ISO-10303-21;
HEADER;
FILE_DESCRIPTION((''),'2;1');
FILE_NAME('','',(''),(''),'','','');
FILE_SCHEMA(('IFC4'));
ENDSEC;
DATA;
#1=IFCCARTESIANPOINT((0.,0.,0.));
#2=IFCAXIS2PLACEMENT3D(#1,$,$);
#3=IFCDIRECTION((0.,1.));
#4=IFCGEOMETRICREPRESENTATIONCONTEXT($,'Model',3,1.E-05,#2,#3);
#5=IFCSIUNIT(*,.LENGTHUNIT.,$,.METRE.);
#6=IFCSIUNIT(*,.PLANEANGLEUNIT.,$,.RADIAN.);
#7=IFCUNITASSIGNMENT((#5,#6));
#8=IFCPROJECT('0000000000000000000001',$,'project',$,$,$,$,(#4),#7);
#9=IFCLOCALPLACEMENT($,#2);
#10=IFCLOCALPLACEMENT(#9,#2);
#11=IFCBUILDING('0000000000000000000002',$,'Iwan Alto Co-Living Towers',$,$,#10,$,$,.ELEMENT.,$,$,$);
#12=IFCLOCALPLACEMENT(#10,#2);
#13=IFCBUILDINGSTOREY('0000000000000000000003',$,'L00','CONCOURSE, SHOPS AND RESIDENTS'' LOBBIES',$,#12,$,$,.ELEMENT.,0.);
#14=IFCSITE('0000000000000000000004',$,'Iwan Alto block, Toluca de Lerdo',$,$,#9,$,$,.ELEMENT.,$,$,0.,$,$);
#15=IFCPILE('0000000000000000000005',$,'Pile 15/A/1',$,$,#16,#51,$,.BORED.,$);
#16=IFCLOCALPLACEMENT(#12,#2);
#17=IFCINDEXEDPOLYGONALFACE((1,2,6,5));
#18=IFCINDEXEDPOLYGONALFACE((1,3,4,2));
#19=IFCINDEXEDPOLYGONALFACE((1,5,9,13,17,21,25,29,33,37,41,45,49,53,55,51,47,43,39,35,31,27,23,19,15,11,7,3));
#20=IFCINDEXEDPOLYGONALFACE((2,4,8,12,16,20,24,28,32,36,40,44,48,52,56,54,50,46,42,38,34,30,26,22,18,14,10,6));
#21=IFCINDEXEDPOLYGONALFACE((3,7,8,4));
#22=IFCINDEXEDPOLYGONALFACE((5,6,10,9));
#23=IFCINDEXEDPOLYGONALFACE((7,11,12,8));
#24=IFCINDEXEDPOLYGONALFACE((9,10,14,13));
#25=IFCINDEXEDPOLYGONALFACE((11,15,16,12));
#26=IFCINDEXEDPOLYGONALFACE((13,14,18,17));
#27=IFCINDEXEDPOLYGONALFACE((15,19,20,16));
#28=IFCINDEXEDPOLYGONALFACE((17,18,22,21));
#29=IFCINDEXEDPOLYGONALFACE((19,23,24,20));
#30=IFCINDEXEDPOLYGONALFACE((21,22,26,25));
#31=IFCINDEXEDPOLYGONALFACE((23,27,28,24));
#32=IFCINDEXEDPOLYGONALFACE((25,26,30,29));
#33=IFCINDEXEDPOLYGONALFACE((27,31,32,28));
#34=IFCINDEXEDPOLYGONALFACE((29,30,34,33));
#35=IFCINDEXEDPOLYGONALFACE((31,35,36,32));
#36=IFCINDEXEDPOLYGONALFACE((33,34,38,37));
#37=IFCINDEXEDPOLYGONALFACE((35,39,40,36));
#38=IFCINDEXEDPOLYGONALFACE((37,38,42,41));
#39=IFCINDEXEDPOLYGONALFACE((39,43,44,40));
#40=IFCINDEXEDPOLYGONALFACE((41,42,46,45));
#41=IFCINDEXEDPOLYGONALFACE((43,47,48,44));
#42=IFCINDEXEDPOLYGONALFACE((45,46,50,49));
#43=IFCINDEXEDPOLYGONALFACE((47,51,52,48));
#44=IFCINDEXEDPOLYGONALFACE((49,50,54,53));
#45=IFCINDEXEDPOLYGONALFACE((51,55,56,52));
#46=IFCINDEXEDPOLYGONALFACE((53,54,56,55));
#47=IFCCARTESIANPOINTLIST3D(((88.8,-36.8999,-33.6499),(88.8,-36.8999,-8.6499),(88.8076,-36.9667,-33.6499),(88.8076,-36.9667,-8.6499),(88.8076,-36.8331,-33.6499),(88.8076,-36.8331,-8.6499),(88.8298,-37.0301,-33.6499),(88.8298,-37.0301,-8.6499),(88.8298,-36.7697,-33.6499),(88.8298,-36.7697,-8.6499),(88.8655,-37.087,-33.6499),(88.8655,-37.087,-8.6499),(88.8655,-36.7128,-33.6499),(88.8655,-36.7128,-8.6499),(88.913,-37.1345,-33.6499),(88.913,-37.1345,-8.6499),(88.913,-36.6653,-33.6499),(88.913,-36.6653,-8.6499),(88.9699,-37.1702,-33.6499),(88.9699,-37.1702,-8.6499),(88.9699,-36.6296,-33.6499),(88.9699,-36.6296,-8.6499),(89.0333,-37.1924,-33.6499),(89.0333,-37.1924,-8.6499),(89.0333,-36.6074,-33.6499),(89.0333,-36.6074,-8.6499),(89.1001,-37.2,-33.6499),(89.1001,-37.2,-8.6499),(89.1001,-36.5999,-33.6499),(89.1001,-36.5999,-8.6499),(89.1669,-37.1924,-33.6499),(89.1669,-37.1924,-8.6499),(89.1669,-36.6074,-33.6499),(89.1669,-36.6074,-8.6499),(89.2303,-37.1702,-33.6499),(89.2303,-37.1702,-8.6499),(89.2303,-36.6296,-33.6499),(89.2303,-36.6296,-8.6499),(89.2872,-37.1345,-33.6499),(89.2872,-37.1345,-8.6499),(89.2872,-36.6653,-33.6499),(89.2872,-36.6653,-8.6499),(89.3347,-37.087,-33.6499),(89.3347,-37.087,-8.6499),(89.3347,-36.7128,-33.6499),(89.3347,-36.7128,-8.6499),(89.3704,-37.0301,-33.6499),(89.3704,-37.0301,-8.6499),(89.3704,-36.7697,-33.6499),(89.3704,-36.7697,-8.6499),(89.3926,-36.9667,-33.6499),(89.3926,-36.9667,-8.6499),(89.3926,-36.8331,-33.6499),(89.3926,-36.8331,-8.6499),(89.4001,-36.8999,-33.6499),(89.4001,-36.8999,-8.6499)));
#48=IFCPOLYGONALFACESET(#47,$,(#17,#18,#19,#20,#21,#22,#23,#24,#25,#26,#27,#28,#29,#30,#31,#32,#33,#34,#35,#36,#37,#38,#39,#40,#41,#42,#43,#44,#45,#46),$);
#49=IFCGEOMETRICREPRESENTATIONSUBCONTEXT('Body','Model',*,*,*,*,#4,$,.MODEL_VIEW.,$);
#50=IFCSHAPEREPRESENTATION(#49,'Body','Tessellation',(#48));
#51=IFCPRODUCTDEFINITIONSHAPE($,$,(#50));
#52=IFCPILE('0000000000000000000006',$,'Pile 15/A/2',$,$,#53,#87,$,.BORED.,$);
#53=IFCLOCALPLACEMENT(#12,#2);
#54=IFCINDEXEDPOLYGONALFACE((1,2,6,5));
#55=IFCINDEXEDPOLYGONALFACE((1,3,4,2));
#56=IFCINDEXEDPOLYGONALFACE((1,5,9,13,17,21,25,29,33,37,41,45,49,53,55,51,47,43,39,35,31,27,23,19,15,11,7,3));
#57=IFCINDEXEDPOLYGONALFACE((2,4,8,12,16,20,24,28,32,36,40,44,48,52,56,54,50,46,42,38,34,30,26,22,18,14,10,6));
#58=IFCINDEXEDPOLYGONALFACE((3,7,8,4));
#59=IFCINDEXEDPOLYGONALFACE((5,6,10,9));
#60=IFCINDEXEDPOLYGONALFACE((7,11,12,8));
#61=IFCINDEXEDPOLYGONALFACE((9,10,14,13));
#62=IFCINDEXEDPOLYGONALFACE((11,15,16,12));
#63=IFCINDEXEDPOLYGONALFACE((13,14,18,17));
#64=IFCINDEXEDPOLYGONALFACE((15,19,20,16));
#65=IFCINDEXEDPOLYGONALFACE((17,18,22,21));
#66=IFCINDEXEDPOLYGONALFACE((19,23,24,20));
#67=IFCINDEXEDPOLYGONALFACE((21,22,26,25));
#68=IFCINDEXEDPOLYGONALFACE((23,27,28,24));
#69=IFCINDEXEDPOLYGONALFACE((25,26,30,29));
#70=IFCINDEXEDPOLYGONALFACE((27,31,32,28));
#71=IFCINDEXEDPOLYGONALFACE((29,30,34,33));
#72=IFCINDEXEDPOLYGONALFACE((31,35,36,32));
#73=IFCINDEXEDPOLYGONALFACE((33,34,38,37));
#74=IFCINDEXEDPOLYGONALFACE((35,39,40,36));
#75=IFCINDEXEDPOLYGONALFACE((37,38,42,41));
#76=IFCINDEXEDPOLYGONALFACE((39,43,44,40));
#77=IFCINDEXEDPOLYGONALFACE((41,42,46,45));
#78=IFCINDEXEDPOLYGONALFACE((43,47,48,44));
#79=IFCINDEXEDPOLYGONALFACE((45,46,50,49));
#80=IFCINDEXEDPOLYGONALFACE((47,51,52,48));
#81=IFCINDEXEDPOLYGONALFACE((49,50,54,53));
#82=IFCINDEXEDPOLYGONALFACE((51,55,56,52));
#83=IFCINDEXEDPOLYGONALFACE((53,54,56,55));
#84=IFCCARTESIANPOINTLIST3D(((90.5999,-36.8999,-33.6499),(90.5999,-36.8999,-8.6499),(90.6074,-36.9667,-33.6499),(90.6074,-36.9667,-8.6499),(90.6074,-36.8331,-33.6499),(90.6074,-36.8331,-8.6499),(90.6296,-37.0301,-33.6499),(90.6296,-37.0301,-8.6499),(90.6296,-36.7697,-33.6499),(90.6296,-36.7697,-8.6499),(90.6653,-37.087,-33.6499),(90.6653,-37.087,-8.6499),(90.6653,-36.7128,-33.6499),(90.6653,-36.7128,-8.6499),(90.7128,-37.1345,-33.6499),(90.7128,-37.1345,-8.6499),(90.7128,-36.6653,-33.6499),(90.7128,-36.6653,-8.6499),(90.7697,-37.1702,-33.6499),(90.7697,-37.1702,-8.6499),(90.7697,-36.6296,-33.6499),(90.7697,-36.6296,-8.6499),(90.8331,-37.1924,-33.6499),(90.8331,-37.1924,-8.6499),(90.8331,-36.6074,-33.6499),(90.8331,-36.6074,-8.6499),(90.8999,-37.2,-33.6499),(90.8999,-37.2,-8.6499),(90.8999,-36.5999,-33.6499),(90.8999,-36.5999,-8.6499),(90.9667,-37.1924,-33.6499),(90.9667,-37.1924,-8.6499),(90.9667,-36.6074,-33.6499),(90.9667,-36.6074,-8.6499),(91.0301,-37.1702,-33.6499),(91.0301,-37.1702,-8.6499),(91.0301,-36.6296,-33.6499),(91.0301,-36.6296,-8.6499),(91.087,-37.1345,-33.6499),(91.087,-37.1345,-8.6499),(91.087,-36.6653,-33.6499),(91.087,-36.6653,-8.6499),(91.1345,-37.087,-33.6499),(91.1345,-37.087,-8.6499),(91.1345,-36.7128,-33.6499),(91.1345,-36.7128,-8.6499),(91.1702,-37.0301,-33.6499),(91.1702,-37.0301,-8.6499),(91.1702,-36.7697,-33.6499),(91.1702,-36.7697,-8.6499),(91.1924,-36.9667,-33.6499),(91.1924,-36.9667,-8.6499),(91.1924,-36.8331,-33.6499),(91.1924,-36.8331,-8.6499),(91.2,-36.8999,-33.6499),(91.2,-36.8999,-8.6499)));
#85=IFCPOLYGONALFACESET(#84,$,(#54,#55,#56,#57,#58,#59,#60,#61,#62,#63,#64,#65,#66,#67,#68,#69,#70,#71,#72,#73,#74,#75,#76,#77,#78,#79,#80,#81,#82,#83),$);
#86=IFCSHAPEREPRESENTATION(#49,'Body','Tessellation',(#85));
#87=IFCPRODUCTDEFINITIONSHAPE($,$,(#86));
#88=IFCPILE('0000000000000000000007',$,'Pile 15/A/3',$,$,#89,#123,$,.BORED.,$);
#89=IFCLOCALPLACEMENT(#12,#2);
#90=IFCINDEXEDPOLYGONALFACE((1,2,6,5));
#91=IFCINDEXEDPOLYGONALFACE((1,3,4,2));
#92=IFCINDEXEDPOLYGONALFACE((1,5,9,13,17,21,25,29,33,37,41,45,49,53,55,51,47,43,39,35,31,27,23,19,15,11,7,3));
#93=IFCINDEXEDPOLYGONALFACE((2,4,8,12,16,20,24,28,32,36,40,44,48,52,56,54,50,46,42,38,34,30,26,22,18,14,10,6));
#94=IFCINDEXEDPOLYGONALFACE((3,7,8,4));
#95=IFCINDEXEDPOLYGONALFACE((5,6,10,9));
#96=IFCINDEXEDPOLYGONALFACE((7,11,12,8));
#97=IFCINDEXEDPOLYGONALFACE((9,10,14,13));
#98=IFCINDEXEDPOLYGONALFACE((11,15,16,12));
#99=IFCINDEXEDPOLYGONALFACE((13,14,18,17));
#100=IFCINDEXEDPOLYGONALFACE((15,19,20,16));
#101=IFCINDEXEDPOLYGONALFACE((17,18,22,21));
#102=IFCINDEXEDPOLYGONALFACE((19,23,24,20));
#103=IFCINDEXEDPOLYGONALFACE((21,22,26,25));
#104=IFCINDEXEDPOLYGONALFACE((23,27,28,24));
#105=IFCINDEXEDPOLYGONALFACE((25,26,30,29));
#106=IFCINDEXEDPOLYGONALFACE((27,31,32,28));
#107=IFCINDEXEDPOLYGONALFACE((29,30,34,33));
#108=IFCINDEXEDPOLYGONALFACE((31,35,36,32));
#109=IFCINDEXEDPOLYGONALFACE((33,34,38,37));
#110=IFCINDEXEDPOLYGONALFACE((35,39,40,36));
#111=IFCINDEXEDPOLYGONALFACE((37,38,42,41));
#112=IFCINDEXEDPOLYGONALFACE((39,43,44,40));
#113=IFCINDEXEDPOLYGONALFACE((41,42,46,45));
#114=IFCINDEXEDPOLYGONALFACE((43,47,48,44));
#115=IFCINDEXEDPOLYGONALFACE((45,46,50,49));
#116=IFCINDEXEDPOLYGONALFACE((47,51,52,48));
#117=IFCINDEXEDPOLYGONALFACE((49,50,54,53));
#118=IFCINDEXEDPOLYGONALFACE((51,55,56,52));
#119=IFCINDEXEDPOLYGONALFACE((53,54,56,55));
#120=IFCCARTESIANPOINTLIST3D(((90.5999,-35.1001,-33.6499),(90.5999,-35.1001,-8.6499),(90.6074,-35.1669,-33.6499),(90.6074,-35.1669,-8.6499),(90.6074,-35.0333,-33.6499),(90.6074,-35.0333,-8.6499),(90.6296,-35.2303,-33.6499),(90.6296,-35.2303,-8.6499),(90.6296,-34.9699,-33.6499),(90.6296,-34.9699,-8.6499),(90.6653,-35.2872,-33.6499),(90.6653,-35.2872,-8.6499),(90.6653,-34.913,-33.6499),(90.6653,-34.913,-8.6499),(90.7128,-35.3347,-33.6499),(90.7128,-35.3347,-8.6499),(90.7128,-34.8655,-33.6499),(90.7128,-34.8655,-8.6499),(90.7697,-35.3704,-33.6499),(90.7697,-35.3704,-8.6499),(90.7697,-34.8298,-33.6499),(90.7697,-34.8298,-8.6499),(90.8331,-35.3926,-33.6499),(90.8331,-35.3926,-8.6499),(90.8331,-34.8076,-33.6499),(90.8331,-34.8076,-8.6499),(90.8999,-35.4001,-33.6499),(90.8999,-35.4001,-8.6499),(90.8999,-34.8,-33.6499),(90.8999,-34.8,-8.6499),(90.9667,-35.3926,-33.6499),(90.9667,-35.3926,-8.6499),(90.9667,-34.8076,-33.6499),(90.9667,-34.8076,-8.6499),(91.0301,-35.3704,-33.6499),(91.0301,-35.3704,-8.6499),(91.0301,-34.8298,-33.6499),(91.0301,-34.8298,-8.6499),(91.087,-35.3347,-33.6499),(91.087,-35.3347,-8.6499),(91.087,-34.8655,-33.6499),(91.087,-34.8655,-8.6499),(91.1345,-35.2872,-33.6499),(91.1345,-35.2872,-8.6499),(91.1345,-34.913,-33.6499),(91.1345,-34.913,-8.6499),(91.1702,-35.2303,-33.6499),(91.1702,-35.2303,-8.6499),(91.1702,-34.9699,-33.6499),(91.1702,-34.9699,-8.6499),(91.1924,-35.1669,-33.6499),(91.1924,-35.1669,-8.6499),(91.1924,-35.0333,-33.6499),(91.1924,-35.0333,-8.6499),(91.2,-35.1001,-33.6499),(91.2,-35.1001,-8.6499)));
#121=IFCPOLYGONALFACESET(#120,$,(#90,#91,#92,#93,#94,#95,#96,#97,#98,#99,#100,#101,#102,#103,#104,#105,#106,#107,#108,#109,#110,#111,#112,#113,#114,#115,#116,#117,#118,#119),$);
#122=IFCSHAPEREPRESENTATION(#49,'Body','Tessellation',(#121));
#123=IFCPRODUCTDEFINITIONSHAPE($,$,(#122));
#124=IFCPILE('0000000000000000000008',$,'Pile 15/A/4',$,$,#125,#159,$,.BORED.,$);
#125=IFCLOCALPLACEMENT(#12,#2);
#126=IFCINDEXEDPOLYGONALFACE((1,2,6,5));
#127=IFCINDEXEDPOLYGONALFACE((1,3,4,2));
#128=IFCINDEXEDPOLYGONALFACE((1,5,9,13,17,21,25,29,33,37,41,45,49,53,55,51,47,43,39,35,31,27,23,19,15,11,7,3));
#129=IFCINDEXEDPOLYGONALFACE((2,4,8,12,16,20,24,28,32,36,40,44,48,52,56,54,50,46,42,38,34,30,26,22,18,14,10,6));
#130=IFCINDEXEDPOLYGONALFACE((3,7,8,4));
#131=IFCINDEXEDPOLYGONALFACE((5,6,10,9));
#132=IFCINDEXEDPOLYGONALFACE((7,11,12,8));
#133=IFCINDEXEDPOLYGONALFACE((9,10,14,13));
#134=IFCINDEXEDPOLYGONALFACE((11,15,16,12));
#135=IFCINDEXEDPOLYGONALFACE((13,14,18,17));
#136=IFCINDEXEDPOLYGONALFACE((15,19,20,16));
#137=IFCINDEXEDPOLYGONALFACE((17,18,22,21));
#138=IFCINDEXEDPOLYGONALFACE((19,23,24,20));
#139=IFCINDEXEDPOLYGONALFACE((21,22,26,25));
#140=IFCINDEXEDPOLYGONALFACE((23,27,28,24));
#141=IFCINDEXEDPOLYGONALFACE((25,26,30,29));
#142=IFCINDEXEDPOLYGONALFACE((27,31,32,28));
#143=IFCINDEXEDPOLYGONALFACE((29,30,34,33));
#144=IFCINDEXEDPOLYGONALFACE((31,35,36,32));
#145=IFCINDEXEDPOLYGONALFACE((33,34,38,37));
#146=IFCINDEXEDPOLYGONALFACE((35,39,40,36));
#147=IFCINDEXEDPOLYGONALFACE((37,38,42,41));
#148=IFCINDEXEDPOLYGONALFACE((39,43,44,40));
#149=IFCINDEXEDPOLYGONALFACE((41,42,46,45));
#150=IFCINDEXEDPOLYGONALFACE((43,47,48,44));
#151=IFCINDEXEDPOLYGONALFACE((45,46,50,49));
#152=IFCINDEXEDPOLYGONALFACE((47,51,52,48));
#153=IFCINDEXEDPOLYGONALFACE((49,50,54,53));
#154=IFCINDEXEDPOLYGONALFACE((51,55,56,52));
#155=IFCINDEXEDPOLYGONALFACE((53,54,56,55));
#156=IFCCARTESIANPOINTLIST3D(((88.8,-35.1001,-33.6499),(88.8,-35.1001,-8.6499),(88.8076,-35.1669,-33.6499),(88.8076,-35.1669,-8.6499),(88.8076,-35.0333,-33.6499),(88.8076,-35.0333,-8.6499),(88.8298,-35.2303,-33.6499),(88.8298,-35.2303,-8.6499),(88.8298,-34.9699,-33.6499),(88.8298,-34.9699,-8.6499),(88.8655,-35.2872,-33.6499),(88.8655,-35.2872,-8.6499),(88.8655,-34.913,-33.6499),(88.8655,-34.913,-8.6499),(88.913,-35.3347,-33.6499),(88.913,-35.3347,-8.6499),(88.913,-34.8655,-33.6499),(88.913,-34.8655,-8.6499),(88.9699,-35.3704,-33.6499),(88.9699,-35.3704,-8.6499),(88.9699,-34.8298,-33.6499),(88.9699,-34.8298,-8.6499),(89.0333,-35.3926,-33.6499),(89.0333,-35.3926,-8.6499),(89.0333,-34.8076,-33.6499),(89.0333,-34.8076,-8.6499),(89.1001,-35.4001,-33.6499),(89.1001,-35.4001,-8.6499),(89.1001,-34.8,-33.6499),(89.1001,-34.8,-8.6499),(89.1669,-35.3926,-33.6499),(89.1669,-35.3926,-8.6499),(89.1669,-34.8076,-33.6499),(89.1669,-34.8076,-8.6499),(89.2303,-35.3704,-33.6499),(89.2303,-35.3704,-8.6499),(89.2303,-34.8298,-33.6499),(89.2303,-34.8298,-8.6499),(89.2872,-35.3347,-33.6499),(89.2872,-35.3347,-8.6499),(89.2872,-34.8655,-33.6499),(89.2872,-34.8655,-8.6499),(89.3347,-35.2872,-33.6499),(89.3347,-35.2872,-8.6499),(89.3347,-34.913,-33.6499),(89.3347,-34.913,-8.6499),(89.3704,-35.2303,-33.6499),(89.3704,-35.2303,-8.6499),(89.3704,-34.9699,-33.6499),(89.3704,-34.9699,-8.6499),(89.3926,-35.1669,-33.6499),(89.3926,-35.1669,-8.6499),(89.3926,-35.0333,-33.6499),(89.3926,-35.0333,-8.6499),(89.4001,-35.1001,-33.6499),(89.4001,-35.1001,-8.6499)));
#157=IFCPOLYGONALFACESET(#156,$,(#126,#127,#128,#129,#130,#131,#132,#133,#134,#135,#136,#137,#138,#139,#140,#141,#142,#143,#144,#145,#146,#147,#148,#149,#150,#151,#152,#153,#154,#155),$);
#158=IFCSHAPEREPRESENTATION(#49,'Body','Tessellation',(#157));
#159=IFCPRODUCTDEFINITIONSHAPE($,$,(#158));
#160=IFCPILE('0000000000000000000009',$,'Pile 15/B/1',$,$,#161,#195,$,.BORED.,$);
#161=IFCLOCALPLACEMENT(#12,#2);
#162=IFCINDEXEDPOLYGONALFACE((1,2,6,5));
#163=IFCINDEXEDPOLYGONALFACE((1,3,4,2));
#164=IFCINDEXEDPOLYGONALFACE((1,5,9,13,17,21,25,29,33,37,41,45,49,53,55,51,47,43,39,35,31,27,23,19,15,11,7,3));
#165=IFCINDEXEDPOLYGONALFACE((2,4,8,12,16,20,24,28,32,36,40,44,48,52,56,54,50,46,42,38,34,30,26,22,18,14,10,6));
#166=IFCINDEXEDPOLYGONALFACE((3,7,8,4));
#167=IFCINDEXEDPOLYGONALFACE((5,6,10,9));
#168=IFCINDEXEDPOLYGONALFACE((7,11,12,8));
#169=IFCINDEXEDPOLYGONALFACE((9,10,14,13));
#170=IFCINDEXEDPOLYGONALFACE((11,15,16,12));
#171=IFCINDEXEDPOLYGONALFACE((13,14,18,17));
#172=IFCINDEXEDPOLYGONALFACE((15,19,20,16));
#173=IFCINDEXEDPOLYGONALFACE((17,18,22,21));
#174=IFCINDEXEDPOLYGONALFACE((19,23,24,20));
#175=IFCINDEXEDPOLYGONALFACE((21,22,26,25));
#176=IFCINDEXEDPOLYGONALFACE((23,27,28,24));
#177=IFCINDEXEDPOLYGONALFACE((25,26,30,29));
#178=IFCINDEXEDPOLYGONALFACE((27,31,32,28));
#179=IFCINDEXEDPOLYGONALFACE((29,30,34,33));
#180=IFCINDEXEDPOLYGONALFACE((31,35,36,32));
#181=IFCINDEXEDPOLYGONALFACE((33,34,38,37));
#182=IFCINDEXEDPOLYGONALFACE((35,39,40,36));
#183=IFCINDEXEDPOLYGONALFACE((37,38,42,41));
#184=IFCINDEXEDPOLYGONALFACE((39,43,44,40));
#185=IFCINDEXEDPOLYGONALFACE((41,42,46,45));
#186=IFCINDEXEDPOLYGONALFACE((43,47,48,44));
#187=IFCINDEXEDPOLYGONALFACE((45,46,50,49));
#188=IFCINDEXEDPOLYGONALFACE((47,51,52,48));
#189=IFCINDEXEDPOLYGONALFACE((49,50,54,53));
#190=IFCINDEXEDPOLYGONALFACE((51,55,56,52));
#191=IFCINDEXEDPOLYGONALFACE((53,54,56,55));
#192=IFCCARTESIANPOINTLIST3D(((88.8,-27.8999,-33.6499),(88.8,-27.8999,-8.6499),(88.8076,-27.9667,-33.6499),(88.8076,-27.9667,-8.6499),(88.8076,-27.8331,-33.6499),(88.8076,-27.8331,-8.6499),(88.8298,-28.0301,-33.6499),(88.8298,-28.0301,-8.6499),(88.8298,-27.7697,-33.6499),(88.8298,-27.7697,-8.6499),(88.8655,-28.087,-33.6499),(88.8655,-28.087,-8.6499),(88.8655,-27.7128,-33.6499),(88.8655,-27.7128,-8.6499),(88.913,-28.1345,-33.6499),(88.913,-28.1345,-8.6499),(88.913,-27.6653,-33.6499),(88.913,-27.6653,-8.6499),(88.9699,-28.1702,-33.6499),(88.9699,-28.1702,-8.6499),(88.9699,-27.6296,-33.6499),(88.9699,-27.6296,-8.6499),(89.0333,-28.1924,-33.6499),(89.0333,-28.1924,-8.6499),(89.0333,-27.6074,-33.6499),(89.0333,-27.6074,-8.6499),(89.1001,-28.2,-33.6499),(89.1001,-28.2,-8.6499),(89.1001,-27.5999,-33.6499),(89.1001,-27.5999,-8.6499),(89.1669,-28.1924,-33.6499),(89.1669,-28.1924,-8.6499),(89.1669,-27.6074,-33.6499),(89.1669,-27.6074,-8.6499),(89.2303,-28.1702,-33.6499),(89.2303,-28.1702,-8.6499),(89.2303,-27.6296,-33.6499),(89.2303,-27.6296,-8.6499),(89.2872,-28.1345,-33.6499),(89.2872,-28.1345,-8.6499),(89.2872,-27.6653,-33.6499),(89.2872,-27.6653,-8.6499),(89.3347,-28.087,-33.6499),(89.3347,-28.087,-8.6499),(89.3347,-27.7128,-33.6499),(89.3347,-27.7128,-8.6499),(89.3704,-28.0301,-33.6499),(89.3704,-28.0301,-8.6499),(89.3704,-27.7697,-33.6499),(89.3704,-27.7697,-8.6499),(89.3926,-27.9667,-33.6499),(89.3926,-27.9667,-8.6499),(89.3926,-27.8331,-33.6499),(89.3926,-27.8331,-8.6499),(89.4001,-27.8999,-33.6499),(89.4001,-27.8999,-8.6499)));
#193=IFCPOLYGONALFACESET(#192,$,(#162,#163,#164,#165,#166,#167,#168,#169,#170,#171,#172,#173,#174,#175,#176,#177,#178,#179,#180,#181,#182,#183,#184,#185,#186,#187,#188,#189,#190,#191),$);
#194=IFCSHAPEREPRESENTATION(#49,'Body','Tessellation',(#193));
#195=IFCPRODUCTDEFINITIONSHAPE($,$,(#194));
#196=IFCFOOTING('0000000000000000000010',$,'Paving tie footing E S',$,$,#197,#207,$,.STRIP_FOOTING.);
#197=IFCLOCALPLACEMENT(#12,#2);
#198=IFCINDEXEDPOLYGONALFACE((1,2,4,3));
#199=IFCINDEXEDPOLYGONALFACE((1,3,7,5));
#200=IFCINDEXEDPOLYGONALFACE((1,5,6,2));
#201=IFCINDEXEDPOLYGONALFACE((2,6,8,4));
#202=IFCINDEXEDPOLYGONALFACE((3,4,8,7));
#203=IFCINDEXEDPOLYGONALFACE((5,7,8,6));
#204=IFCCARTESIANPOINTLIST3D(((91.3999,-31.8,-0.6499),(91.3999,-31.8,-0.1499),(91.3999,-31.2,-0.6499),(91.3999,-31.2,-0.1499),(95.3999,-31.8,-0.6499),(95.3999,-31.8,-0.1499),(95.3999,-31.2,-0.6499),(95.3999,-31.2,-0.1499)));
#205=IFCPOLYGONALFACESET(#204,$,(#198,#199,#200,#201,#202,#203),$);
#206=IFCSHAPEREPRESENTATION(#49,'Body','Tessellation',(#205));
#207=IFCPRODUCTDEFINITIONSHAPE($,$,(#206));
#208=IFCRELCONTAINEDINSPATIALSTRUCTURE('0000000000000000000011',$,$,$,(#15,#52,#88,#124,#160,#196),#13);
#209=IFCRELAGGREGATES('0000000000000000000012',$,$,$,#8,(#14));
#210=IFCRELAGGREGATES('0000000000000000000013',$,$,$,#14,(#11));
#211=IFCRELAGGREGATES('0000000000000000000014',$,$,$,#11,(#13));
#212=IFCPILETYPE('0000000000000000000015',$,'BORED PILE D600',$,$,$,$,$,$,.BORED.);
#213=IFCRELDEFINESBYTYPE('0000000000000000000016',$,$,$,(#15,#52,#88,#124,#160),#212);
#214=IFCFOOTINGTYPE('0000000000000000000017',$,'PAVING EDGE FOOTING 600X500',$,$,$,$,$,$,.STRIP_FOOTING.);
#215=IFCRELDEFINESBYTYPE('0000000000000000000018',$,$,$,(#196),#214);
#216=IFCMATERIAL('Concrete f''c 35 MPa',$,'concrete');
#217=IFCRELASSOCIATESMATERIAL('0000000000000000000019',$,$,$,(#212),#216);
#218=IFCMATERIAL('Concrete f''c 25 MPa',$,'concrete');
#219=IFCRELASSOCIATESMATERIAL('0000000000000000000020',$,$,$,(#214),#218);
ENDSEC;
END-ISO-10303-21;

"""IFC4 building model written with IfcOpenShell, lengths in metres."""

from ifc_helpers import new_model, si_unit, direction, frame, origin, origin_2d, place, context, subcontext, project, spatial, rectangle, circle, extrude, material, material_profile, profile_set, type_object, element, save


model = new_model("IFC4")

# Units and contexts
model_context = context("Model", 3, precision=1e-05, world=origin(), true_north=direction((0.0, 1.0)))
body_context = subcontext(model_context, "Body", "Model", "MODEL_VIEW")
ifc_project = project(units=[si_unit("LENGTHUNIT", "METRE"), si_unit("PLANEANGLEUNIT", "RADIAN")], contexts=[model_context])

# Site, building, storey
site_placement = place(None, origin())
site = spatial("IfcSite", under=ifc_project, at=site_placement, Name="Iwan Alto block, Toluca de Lerdo", CompositionType="ELEMENT", RefElevation=0.0)
building_placement = place(site_placement, origin())
building = spatial("IfcBuilding", under=site, at=building_placement, Name="Iwan Alto Co-Living Towers", CompositionType="ELEMENT")
storey_placement = place(building_placement, origin())
storey = spatial("IfcBuildingStorey", under=building, at=storey_placement, Name="L00", Description="CONCOURSE, SHOPS AND RESIDENTS' LOBBIES", CompositionType="ELEMENT", Elevation=0.0)

# Piles
ifc_material_1 = material(Name="Concrete f'c 35 MPa", Category="concrete")
ifc_material_profile_1 = material_profile(ifc_material_1, circle(Radius=0.3, at=origin_2d()), Name="D600")
ifc_profile_set_1 = profile_set([ifc_material_profile_1], Name="Concrete f'c 35 MPa")
pile_type = type_object("IfcPileType", Name="BORED PILE D600", PredefinedType="BORED", material=ifc_profile_set_1)
for number, where, z_axis, x_axis, name in (
    (1, (89.1001, -36.8999, -8.6499), (0.0, 0.0, -1.0), (1.0, 0.0, 0.0), "Pile 15/A/1"),
    (2, (90.8999, -36.8999, -8.6499), (0.0, 0.0, -1.0), (1.0, 0.0, 0.0), "Pile 15/A/2"),
    (3, (90.8999, -35.1001, -8.6499), (0.0, 0.0, -1.0), (1.0, 0.0, 0.0), "Pile 15/A/3"),
    (4, (89.1001, -35.1001, -8.6499), (0.0, 0.0, -1.0), (1.0, 0.0, 0.0), "Pile 15/A/4"),
    (5, (89.1001, -27.8999, -8.6499), (0.0, 0.0, -1.0), (1.0, 0.0, 0.0), "Pile 15/B/1"),
):
    element("IfcPile", number, at=place(storey_placement, frame(where, z_axis=z_axis, x_axis=x_axis)), inside=storey, type_object=pile_type, Name=name, PredefinedType="BORED", context=body_context, shape_type="SweptSolid", body=[
        extrude(circle(Radius=0.3, at=origin_2d()), origin(), (0.0, 0.0, 1.0), 25.0),
    ])

# Footing
ifc_material_2 = material(Name="Concrete f'c 25 MPa", Category="concrete")
footing_type_1 = type_object("IfcFootingType", Name="PAVING EDGE FOOTING 600X500", PredefinedType="STRIP_FOOTING", material=ifc_material_2)
footing_placement = place(storey_placement, frame((93.3999, -31.5, -0.6499), z_axis=(0.0, 0.0, 1.0), x_axis=(1.0, 0.0, 0.0)))
element("IfcFooting", 6, at=footing_placement, inside=storey, type_object=footing_type_1, Name="Paving tie footing E S", PredefinedType="STRIP_FOOTING", context=body_context, shape_type="SweptSolid", body=[
    extrude(rectangle(XDim=4.0, YDim=0.6001, at=origin_2d()), origin(), (0.0, 0.0, 1.0), 0.5),
])

save(model, "model.ifc")
